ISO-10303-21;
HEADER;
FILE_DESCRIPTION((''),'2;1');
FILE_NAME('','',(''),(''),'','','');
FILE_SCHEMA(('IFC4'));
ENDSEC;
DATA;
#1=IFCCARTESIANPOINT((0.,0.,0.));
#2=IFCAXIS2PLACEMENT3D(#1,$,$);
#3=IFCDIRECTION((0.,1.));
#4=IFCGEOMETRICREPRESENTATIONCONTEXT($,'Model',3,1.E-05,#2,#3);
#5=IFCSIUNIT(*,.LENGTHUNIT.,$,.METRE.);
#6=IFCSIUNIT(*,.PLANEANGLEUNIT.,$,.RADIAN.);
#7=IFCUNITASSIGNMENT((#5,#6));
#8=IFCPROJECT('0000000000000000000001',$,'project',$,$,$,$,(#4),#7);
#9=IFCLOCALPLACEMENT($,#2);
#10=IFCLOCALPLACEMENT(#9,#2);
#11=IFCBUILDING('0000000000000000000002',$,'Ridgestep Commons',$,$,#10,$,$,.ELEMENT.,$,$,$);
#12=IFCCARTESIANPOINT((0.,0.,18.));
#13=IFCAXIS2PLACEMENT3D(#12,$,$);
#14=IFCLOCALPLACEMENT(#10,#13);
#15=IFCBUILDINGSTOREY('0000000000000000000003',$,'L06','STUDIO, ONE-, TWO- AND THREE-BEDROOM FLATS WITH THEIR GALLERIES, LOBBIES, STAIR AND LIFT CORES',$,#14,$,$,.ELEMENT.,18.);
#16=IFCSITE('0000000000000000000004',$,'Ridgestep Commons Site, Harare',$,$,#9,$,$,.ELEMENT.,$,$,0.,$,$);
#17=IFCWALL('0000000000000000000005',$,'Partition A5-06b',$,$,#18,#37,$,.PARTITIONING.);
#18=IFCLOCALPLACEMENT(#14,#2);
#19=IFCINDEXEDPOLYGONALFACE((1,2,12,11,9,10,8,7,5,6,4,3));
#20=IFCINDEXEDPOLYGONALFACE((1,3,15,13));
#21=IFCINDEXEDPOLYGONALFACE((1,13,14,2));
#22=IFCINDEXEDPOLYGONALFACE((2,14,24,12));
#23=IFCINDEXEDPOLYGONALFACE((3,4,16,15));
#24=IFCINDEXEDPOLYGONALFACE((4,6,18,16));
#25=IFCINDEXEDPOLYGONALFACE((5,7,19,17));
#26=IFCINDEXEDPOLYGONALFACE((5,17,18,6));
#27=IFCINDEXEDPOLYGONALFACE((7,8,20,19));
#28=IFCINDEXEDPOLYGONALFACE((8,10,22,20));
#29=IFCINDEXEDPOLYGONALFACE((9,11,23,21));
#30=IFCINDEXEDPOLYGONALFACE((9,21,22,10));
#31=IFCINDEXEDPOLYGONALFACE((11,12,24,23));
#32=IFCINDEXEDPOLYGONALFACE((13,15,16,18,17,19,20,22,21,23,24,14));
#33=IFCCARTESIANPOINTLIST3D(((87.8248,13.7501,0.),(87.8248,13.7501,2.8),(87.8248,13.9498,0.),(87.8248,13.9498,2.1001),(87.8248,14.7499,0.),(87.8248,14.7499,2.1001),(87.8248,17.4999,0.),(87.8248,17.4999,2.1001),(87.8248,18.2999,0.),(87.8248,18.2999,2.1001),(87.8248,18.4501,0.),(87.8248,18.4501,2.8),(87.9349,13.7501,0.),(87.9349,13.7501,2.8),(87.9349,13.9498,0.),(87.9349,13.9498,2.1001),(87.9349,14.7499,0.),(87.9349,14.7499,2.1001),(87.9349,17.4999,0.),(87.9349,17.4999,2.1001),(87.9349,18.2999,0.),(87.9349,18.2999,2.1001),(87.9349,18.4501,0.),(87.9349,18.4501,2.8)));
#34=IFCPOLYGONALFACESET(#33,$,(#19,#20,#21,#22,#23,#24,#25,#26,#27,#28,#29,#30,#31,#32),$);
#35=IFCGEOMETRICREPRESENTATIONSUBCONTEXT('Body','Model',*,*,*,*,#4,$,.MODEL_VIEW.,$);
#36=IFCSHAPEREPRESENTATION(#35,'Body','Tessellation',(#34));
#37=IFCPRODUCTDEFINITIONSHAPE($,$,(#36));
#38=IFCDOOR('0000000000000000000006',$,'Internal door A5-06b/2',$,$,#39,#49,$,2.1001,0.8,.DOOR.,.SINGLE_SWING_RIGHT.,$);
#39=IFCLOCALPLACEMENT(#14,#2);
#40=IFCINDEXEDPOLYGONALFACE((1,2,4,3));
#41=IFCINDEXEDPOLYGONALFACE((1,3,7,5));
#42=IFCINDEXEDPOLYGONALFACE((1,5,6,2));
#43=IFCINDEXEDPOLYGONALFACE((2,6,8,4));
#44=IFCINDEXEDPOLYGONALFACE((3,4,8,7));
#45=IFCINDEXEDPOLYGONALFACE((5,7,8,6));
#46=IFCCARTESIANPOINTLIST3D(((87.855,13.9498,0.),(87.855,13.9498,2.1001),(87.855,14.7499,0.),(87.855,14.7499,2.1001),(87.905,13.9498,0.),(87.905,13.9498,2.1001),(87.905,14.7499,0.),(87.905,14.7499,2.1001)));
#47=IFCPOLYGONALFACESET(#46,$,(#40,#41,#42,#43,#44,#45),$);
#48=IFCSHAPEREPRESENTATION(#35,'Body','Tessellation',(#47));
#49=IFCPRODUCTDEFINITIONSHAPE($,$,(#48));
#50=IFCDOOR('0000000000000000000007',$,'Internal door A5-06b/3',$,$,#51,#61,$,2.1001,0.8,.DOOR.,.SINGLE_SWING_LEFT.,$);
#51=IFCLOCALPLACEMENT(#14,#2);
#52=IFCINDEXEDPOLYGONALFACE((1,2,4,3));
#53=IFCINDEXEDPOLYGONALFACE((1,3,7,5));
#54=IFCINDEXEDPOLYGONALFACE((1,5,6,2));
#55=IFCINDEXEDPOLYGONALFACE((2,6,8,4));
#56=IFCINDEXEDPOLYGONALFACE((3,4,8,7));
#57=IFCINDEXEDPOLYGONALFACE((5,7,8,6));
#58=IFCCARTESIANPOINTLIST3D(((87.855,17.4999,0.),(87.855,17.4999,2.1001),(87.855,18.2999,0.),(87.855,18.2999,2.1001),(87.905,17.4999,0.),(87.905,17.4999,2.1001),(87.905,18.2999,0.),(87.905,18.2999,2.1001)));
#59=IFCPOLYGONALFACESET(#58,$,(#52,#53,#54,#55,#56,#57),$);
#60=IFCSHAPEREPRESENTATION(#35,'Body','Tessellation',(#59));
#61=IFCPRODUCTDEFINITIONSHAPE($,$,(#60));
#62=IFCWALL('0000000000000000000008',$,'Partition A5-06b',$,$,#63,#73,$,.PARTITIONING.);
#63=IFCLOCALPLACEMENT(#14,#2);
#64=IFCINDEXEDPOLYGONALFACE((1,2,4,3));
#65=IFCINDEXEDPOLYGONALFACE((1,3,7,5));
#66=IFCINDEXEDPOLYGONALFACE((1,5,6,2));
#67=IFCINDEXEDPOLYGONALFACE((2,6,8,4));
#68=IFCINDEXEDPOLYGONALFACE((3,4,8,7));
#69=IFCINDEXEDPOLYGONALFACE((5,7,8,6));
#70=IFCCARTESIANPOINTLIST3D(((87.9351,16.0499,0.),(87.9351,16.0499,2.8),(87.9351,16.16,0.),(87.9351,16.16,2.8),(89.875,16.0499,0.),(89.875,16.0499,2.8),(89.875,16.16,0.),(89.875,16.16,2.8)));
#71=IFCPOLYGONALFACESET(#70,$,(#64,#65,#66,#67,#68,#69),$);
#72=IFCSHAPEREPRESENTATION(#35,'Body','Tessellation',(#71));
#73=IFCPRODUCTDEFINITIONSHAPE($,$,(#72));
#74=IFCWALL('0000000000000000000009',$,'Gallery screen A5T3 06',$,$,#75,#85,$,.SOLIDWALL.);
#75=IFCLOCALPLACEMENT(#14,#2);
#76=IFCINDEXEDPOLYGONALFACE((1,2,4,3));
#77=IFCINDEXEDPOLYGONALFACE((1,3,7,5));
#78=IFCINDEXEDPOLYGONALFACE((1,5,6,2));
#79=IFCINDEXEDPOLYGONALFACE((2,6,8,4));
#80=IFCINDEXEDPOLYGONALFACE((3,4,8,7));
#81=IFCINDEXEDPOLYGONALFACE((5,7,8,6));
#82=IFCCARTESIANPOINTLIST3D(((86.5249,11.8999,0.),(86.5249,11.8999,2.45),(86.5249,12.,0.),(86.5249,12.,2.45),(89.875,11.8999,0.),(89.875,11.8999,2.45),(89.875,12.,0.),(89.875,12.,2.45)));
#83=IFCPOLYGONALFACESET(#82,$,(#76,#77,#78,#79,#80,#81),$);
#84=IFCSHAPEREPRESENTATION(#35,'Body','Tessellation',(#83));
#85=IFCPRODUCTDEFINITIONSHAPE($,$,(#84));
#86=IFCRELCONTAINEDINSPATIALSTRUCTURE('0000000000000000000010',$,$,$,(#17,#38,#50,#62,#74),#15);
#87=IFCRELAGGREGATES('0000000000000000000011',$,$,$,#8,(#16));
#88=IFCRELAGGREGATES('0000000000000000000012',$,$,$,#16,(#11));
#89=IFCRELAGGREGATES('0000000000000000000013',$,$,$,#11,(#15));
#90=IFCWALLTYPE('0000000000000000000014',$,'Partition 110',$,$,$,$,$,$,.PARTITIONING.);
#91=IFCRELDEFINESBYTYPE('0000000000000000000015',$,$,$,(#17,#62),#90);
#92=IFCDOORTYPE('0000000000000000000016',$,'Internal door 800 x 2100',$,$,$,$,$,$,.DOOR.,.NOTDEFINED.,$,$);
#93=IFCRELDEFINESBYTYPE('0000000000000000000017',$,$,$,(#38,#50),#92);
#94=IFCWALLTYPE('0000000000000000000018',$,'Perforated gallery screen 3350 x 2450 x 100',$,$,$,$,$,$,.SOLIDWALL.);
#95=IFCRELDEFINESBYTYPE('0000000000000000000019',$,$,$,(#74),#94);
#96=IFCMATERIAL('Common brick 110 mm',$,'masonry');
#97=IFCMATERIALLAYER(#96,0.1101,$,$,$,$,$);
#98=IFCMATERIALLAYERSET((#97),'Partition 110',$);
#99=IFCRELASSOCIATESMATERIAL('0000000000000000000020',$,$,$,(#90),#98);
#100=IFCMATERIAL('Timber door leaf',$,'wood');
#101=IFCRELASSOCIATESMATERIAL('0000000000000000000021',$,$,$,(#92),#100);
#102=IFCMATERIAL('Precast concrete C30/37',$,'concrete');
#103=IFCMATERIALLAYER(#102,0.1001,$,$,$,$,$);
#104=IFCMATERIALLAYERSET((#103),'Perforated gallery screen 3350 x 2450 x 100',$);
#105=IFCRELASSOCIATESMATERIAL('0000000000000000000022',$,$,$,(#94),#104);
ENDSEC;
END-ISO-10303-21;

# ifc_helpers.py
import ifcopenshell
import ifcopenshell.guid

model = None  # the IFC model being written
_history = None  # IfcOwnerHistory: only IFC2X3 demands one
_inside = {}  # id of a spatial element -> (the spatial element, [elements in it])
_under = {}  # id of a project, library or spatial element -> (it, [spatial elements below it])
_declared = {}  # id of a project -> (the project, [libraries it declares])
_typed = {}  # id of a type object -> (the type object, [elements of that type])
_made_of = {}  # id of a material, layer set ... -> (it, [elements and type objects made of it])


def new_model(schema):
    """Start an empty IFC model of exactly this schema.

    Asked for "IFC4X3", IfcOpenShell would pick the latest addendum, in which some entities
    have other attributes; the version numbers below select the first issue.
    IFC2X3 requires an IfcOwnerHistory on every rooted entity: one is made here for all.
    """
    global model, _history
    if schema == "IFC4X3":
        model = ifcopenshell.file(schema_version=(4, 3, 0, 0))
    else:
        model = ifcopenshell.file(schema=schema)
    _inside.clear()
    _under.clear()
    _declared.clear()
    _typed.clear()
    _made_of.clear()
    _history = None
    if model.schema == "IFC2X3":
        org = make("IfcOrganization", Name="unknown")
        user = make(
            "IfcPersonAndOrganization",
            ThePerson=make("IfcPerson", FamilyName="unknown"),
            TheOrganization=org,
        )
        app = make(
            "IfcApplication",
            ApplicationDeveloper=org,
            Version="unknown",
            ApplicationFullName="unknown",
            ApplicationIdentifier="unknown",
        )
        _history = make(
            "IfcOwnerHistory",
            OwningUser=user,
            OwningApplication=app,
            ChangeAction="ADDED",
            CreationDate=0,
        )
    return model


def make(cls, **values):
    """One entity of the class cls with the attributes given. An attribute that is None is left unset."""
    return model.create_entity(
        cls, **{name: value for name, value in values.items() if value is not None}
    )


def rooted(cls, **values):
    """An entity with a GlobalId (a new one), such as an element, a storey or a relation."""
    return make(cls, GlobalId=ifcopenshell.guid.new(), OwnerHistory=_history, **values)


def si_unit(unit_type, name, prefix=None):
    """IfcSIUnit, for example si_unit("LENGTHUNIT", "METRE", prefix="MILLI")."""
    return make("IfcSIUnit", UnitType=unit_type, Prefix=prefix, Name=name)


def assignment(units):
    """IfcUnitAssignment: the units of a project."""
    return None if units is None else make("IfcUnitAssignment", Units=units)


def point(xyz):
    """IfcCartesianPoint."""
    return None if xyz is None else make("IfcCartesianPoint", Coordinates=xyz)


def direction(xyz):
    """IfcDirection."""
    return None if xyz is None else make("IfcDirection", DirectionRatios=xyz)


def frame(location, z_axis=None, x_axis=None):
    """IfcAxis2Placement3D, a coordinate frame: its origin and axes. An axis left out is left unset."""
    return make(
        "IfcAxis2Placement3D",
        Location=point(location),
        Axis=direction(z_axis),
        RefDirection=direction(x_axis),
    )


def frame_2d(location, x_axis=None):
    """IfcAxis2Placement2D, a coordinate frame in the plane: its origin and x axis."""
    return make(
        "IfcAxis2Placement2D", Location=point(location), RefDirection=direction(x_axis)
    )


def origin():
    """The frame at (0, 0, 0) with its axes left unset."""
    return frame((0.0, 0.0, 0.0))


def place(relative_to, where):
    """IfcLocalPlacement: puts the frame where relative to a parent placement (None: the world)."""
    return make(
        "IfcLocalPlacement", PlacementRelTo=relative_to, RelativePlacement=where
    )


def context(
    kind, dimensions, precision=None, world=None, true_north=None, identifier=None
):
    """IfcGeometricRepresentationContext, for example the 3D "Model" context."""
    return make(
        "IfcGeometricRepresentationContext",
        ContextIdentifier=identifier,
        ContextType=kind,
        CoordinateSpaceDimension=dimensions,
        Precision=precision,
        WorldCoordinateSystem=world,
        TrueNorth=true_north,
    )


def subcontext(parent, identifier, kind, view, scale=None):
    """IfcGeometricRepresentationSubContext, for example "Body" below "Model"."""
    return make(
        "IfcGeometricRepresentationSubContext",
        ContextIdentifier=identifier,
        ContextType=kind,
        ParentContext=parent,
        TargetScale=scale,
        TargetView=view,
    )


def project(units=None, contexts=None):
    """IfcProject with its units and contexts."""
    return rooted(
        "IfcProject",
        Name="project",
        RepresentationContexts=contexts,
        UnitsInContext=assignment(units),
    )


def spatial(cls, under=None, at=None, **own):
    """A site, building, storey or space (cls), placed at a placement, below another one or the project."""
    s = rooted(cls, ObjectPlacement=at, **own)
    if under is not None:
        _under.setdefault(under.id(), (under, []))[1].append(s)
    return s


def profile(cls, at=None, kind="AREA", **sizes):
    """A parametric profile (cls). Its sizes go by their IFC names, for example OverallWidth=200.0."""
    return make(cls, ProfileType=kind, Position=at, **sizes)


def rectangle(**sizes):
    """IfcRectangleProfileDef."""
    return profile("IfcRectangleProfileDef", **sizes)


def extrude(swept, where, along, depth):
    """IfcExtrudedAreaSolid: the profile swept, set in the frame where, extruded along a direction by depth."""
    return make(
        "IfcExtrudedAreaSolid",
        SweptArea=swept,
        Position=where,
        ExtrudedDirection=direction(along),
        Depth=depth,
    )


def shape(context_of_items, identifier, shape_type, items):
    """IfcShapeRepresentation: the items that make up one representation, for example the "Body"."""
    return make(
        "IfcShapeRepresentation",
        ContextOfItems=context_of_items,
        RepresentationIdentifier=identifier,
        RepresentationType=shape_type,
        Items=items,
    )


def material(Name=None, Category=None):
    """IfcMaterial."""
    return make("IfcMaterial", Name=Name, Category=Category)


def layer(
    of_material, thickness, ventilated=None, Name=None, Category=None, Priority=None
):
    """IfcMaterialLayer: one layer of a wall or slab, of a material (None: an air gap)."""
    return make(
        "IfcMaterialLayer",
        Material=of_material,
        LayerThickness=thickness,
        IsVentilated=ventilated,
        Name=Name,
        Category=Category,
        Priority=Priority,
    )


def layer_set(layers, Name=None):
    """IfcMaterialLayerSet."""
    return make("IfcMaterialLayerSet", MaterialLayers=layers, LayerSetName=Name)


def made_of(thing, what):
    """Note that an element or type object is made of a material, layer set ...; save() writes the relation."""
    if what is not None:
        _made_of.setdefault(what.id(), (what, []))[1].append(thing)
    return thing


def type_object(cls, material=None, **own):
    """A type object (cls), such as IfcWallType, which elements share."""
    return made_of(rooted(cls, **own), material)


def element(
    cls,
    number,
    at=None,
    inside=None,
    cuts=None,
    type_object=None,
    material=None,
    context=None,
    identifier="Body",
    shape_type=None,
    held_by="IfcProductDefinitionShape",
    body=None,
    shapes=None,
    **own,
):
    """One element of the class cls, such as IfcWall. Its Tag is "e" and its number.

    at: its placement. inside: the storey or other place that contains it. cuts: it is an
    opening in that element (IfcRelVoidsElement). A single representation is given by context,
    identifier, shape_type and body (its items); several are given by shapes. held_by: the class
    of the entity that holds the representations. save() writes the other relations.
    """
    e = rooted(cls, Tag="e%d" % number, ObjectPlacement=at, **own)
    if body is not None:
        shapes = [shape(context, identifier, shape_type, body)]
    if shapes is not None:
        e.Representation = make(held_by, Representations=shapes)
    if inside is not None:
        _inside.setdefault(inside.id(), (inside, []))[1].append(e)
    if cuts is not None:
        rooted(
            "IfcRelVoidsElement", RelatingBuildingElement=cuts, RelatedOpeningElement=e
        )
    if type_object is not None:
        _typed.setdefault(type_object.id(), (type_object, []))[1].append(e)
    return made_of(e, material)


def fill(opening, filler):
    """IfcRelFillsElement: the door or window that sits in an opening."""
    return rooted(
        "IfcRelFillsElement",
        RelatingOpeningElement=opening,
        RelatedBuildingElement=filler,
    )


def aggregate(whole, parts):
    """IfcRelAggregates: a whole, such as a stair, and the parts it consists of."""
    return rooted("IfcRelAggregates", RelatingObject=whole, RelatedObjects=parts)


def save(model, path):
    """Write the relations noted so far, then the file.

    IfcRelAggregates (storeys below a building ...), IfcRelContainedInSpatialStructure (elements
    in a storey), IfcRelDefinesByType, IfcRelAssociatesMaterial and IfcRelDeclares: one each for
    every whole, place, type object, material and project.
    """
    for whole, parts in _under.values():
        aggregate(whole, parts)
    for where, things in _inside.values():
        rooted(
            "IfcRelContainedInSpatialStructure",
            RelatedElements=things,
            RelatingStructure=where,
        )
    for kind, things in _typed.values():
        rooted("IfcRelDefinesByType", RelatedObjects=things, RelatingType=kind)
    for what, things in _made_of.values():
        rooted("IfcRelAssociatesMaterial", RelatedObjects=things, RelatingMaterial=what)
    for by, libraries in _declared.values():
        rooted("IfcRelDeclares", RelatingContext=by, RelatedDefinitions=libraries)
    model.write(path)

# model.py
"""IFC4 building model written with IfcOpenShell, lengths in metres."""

from ifc_helpers import new_model, si_unit, direction, frame, frame_2d, origin, place, context, subcontext, project, spatial, rectangle, extrude, material, layer, layer_set, type_object, element, fill, save


model = new_model("IFC4")

# Units and contexts
model_context = context("Model", 3, precision=1e-05, world=origin(), true_north=direction((0.0, 1.0)))
body_context = subcontext(model_context, "Body", "Model", "MODEL_VIEW")
ifc_project = project(units=[si_unit("LENGTHUNIT", "METRE"), si_unit("PLANEANGLEUNIT", "RADIAN")], contexts=[model_context])

# Site, building, storey
site_placement = place(None, origin())
site = spatial("IfcSite", under=ifc_project, at=site_placement, Name="Ridgestep Commons Site, Harare", CompositionType="ELEMENT", RefElevation=0.0)
building_placement = place(site_placement, origin())
building = spatial("IfcBuilding", under=site, at=building_placement, Name="Ridgestep Commons", CompositionType="ELEMENT")
storey_placement = place(building_placement, frame((0.0, 0.0, 18.0)))
storey = spatial("IfcBuildingStorey", under=building, at=storey_placement, Name="L06", Description="STUDIO, ONE-, TWO- AND THREE-BEDROOM FLATS WITH THEIR GALLERIES, LOBBIES, STAIR AND LIFT CORES", CompositionType="ELEMENT", Elevation=18.0)

# Wall, openings, doors
ifc_material_1 = material(Name="Common brick 110 mm", Category="masonry")
ifc_layer_1 = layer(ifc_material_1, 0.1101)
ifc_layer_set_1 = layer_set([ifc_layer_1], Name="Partition 110")
wall_type_1 = type_object("IfcWallType", Name="Partition 110", PredefinedType="PARTITIONING", material=ifc_layer_set_1)
wall_1_placement = place(storey_placement, frame((87.8799, 13.75, 0.0), z_axis=(0.0, 0.0, 1.0), x_axis=(0.0, 1.0, 0.0)))
wall_1 = element("IfcWall", 1, at=wall_1_placement, inside=storey, type_object=wall_type_1, Name="Partition A5-06b", PredefinedType="PARTITIONING", context=body_context, shape_type="SweptSolid", body=[
    extrude(rectangle(XDim=4.7, YDim=0.1101, at=frame_2d((2.3501, 0.0))), origin(), (0.0, 0.0, 1.0), 2.8),
])
opening_1_placement = place(wall_1_placement, frame((0.2, 0.0, 0.0)))
opening_1 = element("IfcOpeningElement", 2, at=opening_1_placement, cuts=wall_1, PredefinedType="OPENING", context=body_context, shape_type="SweptSolid", body=[
    extrude(rectangle(XDim=0.8, YDim=2.1001, at=frame_2d((0.3999, 1.05))), frame((0.0, 0.0649, 0.0), z_axis=(0.0, -1.0, 0.0), x_axis=(1.0, 0.0, 0.0)), (0.0, 0.0, 1.0), 0.1301),
])
opening_2_placement = place(wall_1_placement, frame((3.75, 0.0, 0.0)))
opening_2 = element("IfcOpeningElement", 3, at=opening_2_placement, cuts=wall_1, PredefinedType="OPENING", context=body_context, shape_type="SweptSolid", body=[
    extrude(rectangle(XDim=0.8, YDim=2.1001, at=frame_2d((0.3999, 1.05))), frame((0.0, 0.0649, 0.0), z_axis=(0.0, -1.0, 0.0), x_axis=(1.0, 0.0, 0.0)), (0.0, 0.0, 1.0), 0.1301),
])
ifc_material_2 = material(Name="Timber door leaf", Category="wood")
door_type_1 = type_object("IfcDoorType", Name="Internal door 800 x 2100", OperationType="NOTDEFINED", PredefinedType="DOOR", material=ifc_material_2)
door_1_placement = place(opening_1_placement, origin())
door_1 = element("IfcDoor", 4, at=door_1_placement, inside=storey, type_object=door_type_1, Name="Internal door A5-06b/2", OperationType="SINGLE_SWING_RIGHT", OverallHeight=2.1001, OverallWidth=0.8, PredefinedType="DOOR", context=body_context, shape_type="SweptSolid", body=[
    extrude(rectangle(XDim=0.8, YDim=2.1001, at=frame_2d((0.3999, 1.05))), frame((0.0, 0.0249, 0.0), z_axis=(0.0, -1.0, 0.0), x_axis=(1.0, 0.0, 0.0)), (0.0, 0.0, 1.0), 0.05),
])
fill(opening_1, door_1)
door_2_placement = place(opening_2_placement, origin())
door_2 = element("IfcDoor", 5, at=door_2_placement, inside=storey, type_object=door_type_1, Name="Internal door A5-06b/3", OperationType="SINGLE_SWING_LEFT", OverallHeight=2.1001, OverallWidth=0.8, PredefinedType="DOOR", context=body_context, shape_type="SweptSolid", body=[
    extrude(rectangle(XDim=0.8, YDim=2.1001, at=frame_2d((0.3999, 1.05))), frame((0.0, 0.0249, 0.0), z_axis=(0.0, -1.0, 0.0), x_axis=(1.0, 0.0, 0.0)), (0.0, 0.0, 1.0), 0.05),
])
fill(opening_2, door_2)

# Walls
wall_2_placement = place(storey_placement, frame((87.9351, 16.105, 0.0), z_axis=(0.0, 0.0, 1.0), x_axis=(1.0, 0.0, 0.0)))
element("IfcWall", 6, at=wall_2_placement, inside=storey, type_object=wall_type_1, Name="Partition A5-06b", PredefinedType="PARTITIONING", context=body_context, shape_type="SweptSolid", body=[
    extrude(rectangle(XDim=1.9399, YDim=0.1101, at=frame_2d((0.97, 0.0))), origin(), (0.0, 0.0, 1.0), 2.8),
])
ifc_material_3 = material(Name="Precast concrete C30/37", Category="concrete")
ifc_layer_2 = layer(ifc_material_3, 0.1001)
ifc_layer_set_2 = layer_set([ifc_layer_2], Name="Perforated gallery screen 3350 x 2450 x 100")
wall_type_2 = type_object("IfcWallType", Name="Perforated gallery screen 3350 x 2450 x 100", PredefinedType="SOLIDWALL", material=ifc_layer_set_2)
wall_3_placement = place(storey_placement, frame((86.5249, 11.95, 0.0), z_axis=(0.0, 0.0, 1.0), x_axis=(1.0, 0.0, 0.0)))
element("IfcWall", 7, at=wall_3_placement, inside=storey, type_object=wall_type_2, Name="Gallery screen A5T3 06", PredefinedType="SOLIDWALL", context=body_context, shape_type="SweptSolid", body=[
    extrude(rectangle(XDim=3.3501, YDim=0.1001, at=frame_2d((1.675, 0.0))), origin(), (0.0, 0.0, 1.0), 2.45),
])

save(model, "model.ifc")
